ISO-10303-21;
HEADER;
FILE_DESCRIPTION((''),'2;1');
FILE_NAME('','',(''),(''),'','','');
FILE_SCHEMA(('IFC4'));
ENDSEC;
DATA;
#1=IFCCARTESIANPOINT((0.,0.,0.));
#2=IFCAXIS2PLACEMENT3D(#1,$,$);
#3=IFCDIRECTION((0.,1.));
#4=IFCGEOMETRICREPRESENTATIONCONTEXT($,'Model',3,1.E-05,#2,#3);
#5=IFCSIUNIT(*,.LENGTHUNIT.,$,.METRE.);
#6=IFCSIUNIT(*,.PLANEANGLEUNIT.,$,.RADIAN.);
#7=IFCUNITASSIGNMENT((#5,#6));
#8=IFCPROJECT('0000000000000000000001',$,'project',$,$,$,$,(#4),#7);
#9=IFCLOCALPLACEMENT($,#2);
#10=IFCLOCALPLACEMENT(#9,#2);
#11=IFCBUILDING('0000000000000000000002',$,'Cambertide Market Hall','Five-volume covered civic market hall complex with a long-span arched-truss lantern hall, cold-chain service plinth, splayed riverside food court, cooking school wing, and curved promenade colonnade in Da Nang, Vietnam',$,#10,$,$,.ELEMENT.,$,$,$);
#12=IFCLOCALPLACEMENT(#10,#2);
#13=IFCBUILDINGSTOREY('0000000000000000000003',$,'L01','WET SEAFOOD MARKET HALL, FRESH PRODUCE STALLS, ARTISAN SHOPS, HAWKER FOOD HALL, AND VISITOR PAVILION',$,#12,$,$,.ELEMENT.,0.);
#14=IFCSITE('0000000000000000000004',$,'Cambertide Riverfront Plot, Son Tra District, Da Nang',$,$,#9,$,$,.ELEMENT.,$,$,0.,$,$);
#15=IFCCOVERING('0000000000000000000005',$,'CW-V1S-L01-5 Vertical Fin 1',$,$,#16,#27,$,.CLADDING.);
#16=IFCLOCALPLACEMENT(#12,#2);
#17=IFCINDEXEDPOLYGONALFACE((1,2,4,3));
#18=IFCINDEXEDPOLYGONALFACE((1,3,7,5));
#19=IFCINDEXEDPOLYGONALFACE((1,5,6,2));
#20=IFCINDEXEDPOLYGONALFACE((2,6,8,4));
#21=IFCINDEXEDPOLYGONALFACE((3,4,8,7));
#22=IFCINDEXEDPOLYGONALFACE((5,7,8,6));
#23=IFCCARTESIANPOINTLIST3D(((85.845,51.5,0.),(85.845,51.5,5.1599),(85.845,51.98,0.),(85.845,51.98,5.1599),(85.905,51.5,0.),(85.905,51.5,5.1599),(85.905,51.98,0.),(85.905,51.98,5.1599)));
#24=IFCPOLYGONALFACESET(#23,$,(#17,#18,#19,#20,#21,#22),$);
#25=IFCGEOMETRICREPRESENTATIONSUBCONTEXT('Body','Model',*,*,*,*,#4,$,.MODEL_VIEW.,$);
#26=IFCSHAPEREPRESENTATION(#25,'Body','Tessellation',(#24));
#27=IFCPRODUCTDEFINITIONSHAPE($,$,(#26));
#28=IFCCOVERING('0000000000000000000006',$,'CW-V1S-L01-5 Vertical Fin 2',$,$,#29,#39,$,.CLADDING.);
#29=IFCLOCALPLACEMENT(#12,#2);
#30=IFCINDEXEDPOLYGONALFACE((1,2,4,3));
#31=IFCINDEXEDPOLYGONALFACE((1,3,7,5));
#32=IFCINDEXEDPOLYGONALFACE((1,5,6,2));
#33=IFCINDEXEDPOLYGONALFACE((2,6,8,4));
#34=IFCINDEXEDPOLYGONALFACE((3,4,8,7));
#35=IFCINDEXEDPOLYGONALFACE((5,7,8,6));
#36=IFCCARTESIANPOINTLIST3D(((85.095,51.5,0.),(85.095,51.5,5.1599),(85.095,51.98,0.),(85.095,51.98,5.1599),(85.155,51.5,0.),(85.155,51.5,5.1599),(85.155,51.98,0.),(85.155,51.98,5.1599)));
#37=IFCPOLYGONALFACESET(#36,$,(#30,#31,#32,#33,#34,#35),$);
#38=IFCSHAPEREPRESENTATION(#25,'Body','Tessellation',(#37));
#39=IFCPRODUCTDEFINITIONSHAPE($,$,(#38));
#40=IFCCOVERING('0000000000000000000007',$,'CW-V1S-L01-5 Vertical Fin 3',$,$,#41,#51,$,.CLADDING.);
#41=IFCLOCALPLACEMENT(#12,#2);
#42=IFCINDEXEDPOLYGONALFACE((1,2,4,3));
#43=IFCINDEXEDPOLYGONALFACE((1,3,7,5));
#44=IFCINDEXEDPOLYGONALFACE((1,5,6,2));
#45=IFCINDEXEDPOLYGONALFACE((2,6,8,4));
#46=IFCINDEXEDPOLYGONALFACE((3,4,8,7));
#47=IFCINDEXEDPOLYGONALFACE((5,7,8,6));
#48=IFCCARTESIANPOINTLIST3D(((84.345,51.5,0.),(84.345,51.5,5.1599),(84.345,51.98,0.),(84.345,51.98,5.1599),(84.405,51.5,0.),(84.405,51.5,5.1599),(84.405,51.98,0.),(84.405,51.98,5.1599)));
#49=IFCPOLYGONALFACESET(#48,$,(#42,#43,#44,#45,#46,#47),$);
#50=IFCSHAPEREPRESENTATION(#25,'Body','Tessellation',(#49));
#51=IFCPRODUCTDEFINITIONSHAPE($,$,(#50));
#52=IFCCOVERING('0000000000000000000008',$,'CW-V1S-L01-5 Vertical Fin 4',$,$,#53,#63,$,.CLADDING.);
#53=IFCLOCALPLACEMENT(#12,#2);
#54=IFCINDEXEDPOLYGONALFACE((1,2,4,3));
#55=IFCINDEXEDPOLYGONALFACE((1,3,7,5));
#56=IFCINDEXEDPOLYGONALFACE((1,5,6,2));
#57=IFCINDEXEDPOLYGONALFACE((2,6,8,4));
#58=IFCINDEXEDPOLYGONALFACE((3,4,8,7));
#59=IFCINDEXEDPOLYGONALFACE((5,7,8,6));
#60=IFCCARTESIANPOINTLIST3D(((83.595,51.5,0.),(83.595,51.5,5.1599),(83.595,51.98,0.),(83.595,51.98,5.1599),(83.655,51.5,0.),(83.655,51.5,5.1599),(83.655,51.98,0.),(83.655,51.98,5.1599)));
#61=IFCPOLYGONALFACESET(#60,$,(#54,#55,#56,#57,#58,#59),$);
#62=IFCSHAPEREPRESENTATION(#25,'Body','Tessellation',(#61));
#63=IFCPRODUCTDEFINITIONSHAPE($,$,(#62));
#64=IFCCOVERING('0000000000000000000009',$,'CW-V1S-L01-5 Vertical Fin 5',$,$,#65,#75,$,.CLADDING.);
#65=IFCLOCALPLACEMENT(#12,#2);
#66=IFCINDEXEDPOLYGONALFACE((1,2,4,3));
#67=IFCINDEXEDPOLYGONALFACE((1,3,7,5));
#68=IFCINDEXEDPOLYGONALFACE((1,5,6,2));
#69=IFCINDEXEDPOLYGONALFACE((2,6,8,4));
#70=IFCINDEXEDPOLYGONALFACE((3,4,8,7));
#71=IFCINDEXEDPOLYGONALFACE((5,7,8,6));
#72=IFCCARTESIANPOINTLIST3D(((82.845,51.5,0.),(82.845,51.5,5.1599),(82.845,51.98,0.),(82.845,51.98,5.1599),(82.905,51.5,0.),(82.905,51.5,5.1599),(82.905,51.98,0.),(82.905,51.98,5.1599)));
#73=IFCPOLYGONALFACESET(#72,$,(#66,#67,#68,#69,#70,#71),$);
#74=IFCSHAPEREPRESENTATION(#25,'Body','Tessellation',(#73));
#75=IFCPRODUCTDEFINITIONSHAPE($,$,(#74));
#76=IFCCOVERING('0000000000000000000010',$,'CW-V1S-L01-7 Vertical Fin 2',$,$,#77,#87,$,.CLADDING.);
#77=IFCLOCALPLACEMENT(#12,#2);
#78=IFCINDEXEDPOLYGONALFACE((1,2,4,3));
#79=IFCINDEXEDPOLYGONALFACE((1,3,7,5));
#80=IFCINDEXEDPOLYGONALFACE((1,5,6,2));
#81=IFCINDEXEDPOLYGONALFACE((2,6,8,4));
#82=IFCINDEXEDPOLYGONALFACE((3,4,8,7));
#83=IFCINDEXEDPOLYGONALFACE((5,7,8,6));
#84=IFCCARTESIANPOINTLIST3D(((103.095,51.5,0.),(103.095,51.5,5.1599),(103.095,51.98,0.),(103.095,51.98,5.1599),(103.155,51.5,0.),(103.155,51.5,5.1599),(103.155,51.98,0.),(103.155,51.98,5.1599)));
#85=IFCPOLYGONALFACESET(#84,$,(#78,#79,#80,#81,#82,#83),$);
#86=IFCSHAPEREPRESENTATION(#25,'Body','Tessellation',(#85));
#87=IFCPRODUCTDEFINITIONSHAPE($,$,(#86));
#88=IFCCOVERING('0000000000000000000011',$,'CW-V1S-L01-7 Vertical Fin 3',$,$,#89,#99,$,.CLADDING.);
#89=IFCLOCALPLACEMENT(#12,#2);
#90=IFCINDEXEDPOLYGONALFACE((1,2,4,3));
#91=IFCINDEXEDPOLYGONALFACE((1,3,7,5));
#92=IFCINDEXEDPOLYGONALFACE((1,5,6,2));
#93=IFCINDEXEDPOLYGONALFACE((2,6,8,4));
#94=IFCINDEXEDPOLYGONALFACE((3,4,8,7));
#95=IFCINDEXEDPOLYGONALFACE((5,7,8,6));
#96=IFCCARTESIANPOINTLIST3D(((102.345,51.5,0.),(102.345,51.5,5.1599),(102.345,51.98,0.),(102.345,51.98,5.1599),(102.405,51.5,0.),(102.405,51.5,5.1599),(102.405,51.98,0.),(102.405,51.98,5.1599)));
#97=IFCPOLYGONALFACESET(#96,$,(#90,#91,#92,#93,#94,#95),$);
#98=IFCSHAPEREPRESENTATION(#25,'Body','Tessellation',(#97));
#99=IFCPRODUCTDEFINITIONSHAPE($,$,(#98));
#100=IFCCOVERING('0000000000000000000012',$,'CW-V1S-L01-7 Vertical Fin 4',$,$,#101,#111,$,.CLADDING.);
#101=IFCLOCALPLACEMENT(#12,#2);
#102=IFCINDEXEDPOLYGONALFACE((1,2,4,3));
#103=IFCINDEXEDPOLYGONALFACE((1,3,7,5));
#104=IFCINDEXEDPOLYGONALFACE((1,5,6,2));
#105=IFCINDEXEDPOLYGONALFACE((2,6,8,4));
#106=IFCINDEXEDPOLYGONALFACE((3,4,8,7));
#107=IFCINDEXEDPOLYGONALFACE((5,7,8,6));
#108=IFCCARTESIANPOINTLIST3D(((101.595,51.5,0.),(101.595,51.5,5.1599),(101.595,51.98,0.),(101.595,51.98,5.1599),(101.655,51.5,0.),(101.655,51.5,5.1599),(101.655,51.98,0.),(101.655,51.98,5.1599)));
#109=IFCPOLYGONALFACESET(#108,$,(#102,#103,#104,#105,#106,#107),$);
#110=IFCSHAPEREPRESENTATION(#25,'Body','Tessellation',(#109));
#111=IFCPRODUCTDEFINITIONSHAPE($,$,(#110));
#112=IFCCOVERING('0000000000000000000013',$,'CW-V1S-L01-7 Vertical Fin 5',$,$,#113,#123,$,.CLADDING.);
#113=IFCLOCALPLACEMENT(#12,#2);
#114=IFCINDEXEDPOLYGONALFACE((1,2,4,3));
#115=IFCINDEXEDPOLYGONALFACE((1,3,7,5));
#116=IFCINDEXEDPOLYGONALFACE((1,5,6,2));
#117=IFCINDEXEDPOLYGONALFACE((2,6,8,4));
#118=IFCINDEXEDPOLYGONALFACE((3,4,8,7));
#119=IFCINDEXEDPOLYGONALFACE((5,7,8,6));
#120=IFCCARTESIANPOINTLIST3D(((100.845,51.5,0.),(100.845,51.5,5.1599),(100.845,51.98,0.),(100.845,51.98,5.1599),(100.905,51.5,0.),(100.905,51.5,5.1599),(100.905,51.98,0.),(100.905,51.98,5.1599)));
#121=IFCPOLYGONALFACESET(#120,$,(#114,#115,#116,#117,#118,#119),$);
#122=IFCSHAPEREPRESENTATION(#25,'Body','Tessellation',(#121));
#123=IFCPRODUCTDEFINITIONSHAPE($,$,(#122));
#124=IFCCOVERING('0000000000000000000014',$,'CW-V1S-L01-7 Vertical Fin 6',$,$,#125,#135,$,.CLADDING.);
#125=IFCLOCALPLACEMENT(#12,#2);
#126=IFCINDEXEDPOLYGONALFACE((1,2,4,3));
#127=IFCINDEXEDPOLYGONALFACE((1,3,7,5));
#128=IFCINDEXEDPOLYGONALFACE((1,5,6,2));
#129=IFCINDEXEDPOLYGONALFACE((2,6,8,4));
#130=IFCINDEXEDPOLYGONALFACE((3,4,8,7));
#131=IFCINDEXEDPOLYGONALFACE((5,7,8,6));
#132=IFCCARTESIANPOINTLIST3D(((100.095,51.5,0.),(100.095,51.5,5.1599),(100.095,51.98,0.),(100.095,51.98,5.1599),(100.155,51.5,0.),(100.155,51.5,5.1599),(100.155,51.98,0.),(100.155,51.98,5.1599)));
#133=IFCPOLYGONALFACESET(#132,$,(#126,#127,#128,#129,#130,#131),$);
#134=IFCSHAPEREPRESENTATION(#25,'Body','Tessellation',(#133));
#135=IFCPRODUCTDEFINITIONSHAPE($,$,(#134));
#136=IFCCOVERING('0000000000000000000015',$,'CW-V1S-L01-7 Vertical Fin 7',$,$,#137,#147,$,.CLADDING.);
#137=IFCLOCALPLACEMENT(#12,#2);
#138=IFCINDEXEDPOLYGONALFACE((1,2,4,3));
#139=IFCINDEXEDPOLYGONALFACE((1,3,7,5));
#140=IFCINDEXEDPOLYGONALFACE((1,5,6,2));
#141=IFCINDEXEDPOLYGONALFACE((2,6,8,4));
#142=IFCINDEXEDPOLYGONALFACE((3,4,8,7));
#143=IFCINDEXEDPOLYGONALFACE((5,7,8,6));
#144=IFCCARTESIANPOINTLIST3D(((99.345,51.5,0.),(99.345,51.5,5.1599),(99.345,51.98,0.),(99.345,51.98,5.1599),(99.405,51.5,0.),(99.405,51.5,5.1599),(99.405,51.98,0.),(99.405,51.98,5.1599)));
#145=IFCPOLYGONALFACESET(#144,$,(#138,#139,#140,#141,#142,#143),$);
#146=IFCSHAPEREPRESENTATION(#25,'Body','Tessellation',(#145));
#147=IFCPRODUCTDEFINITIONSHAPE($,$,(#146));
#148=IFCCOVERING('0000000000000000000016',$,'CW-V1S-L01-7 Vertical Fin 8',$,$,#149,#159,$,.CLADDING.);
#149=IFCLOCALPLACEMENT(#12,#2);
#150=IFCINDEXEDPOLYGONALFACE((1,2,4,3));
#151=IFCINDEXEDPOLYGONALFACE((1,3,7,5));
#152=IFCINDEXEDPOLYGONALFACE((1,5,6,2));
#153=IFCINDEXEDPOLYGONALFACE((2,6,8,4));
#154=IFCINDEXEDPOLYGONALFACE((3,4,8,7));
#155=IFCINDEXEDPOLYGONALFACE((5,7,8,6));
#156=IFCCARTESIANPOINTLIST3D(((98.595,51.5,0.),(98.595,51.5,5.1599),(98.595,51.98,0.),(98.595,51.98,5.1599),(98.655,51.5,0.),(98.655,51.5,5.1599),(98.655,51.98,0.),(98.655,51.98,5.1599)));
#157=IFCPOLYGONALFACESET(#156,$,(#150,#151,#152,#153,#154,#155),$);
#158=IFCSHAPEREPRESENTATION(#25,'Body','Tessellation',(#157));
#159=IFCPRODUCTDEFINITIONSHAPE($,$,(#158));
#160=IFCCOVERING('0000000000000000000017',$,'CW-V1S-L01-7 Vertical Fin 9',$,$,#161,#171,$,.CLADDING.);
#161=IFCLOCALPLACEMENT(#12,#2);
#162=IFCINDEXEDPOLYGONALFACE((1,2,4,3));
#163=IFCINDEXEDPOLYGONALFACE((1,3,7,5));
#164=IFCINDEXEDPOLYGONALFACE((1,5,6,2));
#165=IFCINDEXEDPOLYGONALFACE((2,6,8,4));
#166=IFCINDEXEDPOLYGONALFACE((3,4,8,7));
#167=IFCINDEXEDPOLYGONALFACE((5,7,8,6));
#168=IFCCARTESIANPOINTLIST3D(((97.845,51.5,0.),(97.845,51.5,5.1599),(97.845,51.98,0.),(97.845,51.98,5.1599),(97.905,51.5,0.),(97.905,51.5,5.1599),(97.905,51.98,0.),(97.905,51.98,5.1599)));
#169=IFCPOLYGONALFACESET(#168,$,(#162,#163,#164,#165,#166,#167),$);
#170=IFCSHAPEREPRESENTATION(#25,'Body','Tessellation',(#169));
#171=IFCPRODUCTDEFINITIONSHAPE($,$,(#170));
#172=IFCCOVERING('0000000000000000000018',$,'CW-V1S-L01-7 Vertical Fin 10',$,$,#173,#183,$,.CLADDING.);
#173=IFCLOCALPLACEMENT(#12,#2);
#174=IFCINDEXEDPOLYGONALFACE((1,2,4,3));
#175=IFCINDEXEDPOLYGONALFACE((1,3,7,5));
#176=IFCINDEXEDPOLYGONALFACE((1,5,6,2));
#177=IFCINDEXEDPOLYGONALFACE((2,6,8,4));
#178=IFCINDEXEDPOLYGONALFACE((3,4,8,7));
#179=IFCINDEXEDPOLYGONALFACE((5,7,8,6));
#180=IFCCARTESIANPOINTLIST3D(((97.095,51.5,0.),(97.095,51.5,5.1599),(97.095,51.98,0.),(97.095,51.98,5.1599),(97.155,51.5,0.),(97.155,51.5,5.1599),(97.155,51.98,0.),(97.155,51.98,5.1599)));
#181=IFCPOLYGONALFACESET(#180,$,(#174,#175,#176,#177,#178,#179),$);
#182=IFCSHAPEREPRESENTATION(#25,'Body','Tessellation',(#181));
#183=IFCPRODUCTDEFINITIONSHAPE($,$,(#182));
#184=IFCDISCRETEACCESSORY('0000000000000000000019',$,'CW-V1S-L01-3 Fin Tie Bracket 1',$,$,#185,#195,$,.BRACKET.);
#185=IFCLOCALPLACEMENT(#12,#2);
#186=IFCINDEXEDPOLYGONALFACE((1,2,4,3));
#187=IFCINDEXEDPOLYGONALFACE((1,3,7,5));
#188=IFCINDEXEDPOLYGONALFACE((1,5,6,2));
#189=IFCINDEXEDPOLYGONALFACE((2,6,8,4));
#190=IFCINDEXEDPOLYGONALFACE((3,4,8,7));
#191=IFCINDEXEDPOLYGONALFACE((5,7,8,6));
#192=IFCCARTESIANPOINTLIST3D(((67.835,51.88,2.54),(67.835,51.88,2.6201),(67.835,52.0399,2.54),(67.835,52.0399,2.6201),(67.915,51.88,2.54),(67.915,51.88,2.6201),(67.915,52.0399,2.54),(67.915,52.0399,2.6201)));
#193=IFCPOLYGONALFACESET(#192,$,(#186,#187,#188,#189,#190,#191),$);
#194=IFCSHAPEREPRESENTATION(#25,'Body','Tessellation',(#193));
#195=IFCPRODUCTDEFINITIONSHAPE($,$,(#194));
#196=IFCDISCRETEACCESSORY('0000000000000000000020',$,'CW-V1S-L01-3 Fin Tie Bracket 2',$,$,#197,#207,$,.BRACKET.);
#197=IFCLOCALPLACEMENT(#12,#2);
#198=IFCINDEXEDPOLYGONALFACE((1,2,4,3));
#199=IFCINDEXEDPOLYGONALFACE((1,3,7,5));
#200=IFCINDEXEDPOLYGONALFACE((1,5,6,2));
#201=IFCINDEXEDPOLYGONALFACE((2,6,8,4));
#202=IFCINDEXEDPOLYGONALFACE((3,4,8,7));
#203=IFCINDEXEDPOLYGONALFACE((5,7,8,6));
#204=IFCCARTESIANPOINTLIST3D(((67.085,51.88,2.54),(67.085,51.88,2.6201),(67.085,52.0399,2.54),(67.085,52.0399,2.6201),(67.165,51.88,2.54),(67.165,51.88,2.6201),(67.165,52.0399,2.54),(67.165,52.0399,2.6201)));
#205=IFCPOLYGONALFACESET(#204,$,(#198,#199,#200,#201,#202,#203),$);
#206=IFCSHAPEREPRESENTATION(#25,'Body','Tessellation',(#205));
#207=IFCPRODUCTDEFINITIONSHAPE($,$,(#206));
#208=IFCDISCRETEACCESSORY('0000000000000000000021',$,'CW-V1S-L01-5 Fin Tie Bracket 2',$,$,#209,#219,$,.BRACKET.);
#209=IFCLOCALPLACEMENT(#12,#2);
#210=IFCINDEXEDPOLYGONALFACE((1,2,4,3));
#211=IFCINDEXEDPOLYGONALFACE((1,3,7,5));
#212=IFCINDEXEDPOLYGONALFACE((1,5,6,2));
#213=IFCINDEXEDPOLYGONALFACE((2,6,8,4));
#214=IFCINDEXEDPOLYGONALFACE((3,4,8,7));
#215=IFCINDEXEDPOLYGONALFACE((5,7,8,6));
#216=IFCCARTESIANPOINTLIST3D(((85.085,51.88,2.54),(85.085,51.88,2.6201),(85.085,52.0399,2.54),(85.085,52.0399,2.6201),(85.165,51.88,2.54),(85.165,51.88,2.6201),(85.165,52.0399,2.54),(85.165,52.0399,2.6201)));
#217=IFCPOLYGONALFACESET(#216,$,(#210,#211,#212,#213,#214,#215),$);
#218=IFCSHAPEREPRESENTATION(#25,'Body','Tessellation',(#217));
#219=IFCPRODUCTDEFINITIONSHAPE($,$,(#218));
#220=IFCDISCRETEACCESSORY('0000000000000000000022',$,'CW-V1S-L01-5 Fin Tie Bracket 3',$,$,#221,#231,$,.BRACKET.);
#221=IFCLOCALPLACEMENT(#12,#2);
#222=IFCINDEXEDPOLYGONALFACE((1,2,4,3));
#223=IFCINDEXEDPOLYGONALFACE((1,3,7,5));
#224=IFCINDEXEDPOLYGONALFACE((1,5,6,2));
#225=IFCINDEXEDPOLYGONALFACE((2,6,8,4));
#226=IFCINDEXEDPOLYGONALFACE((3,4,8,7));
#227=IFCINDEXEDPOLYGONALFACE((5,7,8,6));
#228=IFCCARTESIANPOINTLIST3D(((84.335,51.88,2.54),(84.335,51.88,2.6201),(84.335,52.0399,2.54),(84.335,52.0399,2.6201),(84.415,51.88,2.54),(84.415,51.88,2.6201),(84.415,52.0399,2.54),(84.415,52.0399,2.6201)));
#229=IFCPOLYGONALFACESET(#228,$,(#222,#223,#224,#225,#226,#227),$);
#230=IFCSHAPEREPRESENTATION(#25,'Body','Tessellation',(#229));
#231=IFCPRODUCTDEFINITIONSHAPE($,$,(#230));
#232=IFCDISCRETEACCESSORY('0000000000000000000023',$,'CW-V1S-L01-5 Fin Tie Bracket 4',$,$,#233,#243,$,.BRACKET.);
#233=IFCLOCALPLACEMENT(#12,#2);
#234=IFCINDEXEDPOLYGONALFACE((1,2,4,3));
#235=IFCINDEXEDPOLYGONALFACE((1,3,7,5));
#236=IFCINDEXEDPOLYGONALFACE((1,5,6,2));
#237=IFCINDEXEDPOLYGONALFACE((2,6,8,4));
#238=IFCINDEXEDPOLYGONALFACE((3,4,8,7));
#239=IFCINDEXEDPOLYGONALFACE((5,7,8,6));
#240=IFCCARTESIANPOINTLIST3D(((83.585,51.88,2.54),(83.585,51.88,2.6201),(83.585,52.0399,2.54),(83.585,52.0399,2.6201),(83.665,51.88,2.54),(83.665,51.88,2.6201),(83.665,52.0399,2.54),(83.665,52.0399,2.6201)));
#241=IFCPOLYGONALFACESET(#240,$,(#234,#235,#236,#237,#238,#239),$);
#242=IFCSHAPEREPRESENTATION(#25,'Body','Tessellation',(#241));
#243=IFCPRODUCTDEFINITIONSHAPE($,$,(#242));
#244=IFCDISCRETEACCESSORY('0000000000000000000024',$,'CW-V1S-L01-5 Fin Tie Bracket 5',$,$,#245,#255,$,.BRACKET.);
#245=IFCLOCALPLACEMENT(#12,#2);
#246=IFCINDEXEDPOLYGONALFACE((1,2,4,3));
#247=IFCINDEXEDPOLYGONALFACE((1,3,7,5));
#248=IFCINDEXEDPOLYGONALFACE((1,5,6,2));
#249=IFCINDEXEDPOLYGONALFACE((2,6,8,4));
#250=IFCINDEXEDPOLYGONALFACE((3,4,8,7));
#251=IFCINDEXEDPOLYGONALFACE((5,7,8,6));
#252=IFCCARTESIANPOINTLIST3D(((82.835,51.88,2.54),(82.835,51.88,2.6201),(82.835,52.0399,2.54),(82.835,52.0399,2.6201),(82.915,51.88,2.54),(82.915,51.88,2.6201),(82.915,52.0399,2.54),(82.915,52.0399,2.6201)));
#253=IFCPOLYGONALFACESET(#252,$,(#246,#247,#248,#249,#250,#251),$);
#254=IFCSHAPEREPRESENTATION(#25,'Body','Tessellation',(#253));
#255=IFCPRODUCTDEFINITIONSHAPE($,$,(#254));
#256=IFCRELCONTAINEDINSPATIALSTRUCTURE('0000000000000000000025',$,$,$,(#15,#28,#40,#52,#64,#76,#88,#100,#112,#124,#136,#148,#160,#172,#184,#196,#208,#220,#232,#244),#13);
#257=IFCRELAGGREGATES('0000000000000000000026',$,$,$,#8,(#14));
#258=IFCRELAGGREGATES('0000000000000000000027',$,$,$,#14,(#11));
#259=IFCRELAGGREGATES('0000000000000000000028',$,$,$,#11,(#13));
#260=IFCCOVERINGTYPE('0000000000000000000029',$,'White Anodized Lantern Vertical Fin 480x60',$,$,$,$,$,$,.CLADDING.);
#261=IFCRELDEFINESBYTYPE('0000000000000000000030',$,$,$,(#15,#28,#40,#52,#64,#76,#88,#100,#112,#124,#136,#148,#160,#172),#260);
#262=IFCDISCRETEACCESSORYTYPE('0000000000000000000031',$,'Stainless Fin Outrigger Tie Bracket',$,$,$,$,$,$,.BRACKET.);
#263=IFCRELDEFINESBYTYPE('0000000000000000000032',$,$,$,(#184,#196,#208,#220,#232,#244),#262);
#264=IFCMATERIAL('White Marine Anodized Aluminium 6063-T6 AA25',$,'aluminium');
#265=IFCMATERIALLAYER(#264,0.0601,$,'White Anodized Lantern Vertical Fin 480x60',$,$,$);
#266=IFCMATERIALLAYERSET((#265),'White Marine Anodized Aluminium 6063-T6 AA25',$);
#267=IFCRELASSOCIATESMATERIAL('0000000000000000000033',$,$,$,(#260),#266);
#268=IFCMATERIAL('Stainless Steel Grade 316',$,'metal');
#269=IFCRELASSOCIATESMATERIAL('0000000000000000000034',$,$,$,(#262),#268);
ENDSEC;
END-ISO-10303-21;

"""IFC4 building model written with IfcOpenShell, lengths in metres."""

from ifc_helpers import new_model, si_unit, direction, frame, origin, origin_2d, place, context, subcontext, project, spatial, rectangle, extrude, material, layer, layer_set, type_object, element, save


model = new_model("IFC4")

# Units and contexts
model_context = context("Model", 3, precision=1e-05, world=origin(), true_north=direction((0.0, 1.0)))
body_context = subcontext(model_context, "Body", "Model", "MODEL_VIEW")
ifc_project = project(units=[si_unit("LENGTHUNIT", "METRE"), si_unit("PLANEANGLEUNIT", "RADIAN")], contexts=[model_context])

# Site, building, storey
site_placement = place(None, origin())
site = spatial("IfcSite", under=ifc_project, at=site_placement, Name="Cambertide Riverfront Plot, Son Tra District, Da Nang", CompositionType="ELEMENT", RefElevation=0.0)
building_placement = place(site_placement, origin())
building = spatial("IfcBuilding", under=site, at=building_placement, Name="Cambertide Market Hall", Description="Five-volume covered civic market hall complex with a long-span arched-truss lantern hall, cold-chain service plinth, splayed riverside food court, cooking school wing, and curved promenade colonnade in Da Nang, Vietnam", CompositionType="ELEMENT")
storey_placement = place(building_placement, origin())
storey = spatial("IfcBuildingStorey", under=building, at=storey_placement, Name="L01", Description="WET SEAFOOD MARKET HALL, FRESH PRODUCE STALLS, ARTISAN SHOPS, HAWKER FOOD HALL, AND VISITOR PAVILION", CompositionType="ELEMENT", Elevation=0.0)

# Coverings
ifc_material_1 = material(Name="White Marine Anodized Aluminium 6063-T6 AA25", Category="aluminium")
ifc_layer = layer(ifc_material_1, 0.0601, Name="White Anodized Lantern Vertical Fin 480x60")
ifc_layer_set = layer_set([ifc_layer], Name="White Marine Anodized Aluminium 6063-T6 AA25")
covering_type = type_object("IfcCoveringType", Name="White Anodized Lantern Vertical Fin 480x60", PredefinedType="CLADDING", material=ifc_layer_set)
for number, where, z_axis, x_axis, name in (
    (1, (85.875, 51.74, 0.0), (0.0, 0.0, 1.0), (-1.0, 0.0, 0.0), "CW-V1S-L01-5 Vertical Fin 1"),
    (2, (85.125, 51.74, 0.0), (0.0, 0.0, 1.0), (-1.0, 0.0, 0.0), "CW-V1S-L01-5 Vertical Fin 2"),
    (3, (84.375, 51.74, 0.0), (0.0, 0.0, 1.0), (-1.0, 0.0, 0.0), "CW-V1S-L01-5 Vertical Fin 3"),
    (4, (83.625, 51.74, 0.0), (0.0, 0.0, 1.0), (-1.0, 0.0, 0.0), "CW-V1S-L01-5 Vertical Fin 4"),
    (5, (82.875, 51.74, 0.0), (0.0, 0.0, 1.0), (-1.0, 0.0, 0.0), "CW-V1S-L01-5 Vertical Fin 5"),
    (6, (103.125, 51.74, 0.0), (0.0, 0.0, 1.0), (-1.0, 0.0, 0.0), "CW-V1S-L01-7 Vertical Fin 2"),
    (7, (102.375, 51.74, 0.0), (0.0, 0.0, 1.0), (-1.0, 0.0, 0.0), "CW-V1S-L01-7 Vertical Fin 3"),
    (8, (101.625, 51.74, 0.0), (0.0, 0.0, 1.0), (-1.0, 0.0, 0.0), "CW-V1S-L01-7 Vertical Fin 4"),
    (9, (100.875, 51.74, 0.0), (0.0, 0.0, 1.0), (-1.0, 0.0, 0.0), "CW-V1S-L01-7 Vertical Fin 5"),
    (10, (100.125, 51.74, 0.0), (0.0, 0.0, 1.0), (-1.0, 0.0, 0.0), "CW-V1S-L01-7 Vertical Fin 6"),
    (11, (99.375, 51.74, 0.0), (0.0, 0.0, 1.0), (-1.0, 0.0, 0.0), "CW-V1S-L01-7 Vertical Fin 7"),
    (12, (98.625, 51.74, 0.0), (0.0, 0.0, 1.0), (-1.0, 0.0, 0.0), "CW-V1S-L01-7 Vertical Fin 8"),
    (13, (97.875, 51.74, 0.0), (0.0, 0.0, 1.0), (-1.0, 0.0, 0.0), "CW-V1S-L01-7 Vertical Fin 9"),
    (14, (97.125, 51.74, 0.0), (0.0, 0.0, 1.0), (-1.0, 0.0, 0.0), "CW-V1S-L01-7 Vertical Fin 10"),
):
    element("IfcCovering", number, at=place(storey_placement, frame(where, z_axis=z_axis, x_axis=x_axis)), inside=storey, type_object=covering_type, Name=name, PredefinedType="CLADDING", context=body_context, shape_type="SweptSolid", body=[
        extrude(rectangle(XDim=0.0601, YDim=0.48, at=origin_2d()), origin(), (0.0, 0.0, 1.0), 5.1599),
    ])

# Discrete accessories
ifc_material_2 = material(Name="Stainless Steel Grade 316", Category="metal")
discrete_accessory_type = type_object("IfcDiscreteAccessoryType", Name="Stainless Fin Outrigger Tie Bracket", PredefinedType="BRACKET", material=ifc_material_2)
for number, where, z_axis, x_axis, name in (
    (15, (67.875, 51.96, 2.54), (0.0, 0.0, 1.0), (-1.0, 0.0, 0.0), "CW-V1S-L01-3 Fin Tie Bracket 1"),
    (16, (67.125, 51.96, 2.54), (0.0, 0.0, 1.0), (-1.0, 0.0, 0.0), "CW-V1S-L01-3 Fin Tie Bracket 2"),
    (17, (85.125, 51.96, 2.54), (0.0, 0.0, 1.0), (-1.0, 0.0, 0.0), "CW-V1S-L01-5 Fin Tie Bracket 2"),
    (18, (84.375, 51.96, 2.54), (0.0, 0.0, 1.0), (-1.0, 0.0, 0.0), "CW-V1S-L01-5 Fin Tie Bracket 3"),
    (19, (83.625, 51.96, 2.54), (0.0, 0.0, 1.0), (-1.0, 0.0, 0.0), "CW-V1S-L01-5 Fin Tie Bracket 4"),
    (20, (82.875, 51.96, 2.54), (0.0, 0.0, 1.0), (-1.0, 0.0, 0.0), "CW-V1S-L01-5 Fin Tie Bracket 5"),
):
    element("IfcDiscreteAccessory", number, at=place(storey_placement, frame(where, z_axis=z_axis, x_axis=x_axis)), inside=storey, type_object=discrete_accessory_type, Name=name, PredefinedType="BRACKET", context=body_context, shape_type="SweptSolid", body=[
        extrude(rectangle(XDim=0.0801, YDim=0.1599, at=origin_2d()), origin(), (0.0, 0.0, 1.0), 0.0801),
    ])

save(model, "model.ifc")
